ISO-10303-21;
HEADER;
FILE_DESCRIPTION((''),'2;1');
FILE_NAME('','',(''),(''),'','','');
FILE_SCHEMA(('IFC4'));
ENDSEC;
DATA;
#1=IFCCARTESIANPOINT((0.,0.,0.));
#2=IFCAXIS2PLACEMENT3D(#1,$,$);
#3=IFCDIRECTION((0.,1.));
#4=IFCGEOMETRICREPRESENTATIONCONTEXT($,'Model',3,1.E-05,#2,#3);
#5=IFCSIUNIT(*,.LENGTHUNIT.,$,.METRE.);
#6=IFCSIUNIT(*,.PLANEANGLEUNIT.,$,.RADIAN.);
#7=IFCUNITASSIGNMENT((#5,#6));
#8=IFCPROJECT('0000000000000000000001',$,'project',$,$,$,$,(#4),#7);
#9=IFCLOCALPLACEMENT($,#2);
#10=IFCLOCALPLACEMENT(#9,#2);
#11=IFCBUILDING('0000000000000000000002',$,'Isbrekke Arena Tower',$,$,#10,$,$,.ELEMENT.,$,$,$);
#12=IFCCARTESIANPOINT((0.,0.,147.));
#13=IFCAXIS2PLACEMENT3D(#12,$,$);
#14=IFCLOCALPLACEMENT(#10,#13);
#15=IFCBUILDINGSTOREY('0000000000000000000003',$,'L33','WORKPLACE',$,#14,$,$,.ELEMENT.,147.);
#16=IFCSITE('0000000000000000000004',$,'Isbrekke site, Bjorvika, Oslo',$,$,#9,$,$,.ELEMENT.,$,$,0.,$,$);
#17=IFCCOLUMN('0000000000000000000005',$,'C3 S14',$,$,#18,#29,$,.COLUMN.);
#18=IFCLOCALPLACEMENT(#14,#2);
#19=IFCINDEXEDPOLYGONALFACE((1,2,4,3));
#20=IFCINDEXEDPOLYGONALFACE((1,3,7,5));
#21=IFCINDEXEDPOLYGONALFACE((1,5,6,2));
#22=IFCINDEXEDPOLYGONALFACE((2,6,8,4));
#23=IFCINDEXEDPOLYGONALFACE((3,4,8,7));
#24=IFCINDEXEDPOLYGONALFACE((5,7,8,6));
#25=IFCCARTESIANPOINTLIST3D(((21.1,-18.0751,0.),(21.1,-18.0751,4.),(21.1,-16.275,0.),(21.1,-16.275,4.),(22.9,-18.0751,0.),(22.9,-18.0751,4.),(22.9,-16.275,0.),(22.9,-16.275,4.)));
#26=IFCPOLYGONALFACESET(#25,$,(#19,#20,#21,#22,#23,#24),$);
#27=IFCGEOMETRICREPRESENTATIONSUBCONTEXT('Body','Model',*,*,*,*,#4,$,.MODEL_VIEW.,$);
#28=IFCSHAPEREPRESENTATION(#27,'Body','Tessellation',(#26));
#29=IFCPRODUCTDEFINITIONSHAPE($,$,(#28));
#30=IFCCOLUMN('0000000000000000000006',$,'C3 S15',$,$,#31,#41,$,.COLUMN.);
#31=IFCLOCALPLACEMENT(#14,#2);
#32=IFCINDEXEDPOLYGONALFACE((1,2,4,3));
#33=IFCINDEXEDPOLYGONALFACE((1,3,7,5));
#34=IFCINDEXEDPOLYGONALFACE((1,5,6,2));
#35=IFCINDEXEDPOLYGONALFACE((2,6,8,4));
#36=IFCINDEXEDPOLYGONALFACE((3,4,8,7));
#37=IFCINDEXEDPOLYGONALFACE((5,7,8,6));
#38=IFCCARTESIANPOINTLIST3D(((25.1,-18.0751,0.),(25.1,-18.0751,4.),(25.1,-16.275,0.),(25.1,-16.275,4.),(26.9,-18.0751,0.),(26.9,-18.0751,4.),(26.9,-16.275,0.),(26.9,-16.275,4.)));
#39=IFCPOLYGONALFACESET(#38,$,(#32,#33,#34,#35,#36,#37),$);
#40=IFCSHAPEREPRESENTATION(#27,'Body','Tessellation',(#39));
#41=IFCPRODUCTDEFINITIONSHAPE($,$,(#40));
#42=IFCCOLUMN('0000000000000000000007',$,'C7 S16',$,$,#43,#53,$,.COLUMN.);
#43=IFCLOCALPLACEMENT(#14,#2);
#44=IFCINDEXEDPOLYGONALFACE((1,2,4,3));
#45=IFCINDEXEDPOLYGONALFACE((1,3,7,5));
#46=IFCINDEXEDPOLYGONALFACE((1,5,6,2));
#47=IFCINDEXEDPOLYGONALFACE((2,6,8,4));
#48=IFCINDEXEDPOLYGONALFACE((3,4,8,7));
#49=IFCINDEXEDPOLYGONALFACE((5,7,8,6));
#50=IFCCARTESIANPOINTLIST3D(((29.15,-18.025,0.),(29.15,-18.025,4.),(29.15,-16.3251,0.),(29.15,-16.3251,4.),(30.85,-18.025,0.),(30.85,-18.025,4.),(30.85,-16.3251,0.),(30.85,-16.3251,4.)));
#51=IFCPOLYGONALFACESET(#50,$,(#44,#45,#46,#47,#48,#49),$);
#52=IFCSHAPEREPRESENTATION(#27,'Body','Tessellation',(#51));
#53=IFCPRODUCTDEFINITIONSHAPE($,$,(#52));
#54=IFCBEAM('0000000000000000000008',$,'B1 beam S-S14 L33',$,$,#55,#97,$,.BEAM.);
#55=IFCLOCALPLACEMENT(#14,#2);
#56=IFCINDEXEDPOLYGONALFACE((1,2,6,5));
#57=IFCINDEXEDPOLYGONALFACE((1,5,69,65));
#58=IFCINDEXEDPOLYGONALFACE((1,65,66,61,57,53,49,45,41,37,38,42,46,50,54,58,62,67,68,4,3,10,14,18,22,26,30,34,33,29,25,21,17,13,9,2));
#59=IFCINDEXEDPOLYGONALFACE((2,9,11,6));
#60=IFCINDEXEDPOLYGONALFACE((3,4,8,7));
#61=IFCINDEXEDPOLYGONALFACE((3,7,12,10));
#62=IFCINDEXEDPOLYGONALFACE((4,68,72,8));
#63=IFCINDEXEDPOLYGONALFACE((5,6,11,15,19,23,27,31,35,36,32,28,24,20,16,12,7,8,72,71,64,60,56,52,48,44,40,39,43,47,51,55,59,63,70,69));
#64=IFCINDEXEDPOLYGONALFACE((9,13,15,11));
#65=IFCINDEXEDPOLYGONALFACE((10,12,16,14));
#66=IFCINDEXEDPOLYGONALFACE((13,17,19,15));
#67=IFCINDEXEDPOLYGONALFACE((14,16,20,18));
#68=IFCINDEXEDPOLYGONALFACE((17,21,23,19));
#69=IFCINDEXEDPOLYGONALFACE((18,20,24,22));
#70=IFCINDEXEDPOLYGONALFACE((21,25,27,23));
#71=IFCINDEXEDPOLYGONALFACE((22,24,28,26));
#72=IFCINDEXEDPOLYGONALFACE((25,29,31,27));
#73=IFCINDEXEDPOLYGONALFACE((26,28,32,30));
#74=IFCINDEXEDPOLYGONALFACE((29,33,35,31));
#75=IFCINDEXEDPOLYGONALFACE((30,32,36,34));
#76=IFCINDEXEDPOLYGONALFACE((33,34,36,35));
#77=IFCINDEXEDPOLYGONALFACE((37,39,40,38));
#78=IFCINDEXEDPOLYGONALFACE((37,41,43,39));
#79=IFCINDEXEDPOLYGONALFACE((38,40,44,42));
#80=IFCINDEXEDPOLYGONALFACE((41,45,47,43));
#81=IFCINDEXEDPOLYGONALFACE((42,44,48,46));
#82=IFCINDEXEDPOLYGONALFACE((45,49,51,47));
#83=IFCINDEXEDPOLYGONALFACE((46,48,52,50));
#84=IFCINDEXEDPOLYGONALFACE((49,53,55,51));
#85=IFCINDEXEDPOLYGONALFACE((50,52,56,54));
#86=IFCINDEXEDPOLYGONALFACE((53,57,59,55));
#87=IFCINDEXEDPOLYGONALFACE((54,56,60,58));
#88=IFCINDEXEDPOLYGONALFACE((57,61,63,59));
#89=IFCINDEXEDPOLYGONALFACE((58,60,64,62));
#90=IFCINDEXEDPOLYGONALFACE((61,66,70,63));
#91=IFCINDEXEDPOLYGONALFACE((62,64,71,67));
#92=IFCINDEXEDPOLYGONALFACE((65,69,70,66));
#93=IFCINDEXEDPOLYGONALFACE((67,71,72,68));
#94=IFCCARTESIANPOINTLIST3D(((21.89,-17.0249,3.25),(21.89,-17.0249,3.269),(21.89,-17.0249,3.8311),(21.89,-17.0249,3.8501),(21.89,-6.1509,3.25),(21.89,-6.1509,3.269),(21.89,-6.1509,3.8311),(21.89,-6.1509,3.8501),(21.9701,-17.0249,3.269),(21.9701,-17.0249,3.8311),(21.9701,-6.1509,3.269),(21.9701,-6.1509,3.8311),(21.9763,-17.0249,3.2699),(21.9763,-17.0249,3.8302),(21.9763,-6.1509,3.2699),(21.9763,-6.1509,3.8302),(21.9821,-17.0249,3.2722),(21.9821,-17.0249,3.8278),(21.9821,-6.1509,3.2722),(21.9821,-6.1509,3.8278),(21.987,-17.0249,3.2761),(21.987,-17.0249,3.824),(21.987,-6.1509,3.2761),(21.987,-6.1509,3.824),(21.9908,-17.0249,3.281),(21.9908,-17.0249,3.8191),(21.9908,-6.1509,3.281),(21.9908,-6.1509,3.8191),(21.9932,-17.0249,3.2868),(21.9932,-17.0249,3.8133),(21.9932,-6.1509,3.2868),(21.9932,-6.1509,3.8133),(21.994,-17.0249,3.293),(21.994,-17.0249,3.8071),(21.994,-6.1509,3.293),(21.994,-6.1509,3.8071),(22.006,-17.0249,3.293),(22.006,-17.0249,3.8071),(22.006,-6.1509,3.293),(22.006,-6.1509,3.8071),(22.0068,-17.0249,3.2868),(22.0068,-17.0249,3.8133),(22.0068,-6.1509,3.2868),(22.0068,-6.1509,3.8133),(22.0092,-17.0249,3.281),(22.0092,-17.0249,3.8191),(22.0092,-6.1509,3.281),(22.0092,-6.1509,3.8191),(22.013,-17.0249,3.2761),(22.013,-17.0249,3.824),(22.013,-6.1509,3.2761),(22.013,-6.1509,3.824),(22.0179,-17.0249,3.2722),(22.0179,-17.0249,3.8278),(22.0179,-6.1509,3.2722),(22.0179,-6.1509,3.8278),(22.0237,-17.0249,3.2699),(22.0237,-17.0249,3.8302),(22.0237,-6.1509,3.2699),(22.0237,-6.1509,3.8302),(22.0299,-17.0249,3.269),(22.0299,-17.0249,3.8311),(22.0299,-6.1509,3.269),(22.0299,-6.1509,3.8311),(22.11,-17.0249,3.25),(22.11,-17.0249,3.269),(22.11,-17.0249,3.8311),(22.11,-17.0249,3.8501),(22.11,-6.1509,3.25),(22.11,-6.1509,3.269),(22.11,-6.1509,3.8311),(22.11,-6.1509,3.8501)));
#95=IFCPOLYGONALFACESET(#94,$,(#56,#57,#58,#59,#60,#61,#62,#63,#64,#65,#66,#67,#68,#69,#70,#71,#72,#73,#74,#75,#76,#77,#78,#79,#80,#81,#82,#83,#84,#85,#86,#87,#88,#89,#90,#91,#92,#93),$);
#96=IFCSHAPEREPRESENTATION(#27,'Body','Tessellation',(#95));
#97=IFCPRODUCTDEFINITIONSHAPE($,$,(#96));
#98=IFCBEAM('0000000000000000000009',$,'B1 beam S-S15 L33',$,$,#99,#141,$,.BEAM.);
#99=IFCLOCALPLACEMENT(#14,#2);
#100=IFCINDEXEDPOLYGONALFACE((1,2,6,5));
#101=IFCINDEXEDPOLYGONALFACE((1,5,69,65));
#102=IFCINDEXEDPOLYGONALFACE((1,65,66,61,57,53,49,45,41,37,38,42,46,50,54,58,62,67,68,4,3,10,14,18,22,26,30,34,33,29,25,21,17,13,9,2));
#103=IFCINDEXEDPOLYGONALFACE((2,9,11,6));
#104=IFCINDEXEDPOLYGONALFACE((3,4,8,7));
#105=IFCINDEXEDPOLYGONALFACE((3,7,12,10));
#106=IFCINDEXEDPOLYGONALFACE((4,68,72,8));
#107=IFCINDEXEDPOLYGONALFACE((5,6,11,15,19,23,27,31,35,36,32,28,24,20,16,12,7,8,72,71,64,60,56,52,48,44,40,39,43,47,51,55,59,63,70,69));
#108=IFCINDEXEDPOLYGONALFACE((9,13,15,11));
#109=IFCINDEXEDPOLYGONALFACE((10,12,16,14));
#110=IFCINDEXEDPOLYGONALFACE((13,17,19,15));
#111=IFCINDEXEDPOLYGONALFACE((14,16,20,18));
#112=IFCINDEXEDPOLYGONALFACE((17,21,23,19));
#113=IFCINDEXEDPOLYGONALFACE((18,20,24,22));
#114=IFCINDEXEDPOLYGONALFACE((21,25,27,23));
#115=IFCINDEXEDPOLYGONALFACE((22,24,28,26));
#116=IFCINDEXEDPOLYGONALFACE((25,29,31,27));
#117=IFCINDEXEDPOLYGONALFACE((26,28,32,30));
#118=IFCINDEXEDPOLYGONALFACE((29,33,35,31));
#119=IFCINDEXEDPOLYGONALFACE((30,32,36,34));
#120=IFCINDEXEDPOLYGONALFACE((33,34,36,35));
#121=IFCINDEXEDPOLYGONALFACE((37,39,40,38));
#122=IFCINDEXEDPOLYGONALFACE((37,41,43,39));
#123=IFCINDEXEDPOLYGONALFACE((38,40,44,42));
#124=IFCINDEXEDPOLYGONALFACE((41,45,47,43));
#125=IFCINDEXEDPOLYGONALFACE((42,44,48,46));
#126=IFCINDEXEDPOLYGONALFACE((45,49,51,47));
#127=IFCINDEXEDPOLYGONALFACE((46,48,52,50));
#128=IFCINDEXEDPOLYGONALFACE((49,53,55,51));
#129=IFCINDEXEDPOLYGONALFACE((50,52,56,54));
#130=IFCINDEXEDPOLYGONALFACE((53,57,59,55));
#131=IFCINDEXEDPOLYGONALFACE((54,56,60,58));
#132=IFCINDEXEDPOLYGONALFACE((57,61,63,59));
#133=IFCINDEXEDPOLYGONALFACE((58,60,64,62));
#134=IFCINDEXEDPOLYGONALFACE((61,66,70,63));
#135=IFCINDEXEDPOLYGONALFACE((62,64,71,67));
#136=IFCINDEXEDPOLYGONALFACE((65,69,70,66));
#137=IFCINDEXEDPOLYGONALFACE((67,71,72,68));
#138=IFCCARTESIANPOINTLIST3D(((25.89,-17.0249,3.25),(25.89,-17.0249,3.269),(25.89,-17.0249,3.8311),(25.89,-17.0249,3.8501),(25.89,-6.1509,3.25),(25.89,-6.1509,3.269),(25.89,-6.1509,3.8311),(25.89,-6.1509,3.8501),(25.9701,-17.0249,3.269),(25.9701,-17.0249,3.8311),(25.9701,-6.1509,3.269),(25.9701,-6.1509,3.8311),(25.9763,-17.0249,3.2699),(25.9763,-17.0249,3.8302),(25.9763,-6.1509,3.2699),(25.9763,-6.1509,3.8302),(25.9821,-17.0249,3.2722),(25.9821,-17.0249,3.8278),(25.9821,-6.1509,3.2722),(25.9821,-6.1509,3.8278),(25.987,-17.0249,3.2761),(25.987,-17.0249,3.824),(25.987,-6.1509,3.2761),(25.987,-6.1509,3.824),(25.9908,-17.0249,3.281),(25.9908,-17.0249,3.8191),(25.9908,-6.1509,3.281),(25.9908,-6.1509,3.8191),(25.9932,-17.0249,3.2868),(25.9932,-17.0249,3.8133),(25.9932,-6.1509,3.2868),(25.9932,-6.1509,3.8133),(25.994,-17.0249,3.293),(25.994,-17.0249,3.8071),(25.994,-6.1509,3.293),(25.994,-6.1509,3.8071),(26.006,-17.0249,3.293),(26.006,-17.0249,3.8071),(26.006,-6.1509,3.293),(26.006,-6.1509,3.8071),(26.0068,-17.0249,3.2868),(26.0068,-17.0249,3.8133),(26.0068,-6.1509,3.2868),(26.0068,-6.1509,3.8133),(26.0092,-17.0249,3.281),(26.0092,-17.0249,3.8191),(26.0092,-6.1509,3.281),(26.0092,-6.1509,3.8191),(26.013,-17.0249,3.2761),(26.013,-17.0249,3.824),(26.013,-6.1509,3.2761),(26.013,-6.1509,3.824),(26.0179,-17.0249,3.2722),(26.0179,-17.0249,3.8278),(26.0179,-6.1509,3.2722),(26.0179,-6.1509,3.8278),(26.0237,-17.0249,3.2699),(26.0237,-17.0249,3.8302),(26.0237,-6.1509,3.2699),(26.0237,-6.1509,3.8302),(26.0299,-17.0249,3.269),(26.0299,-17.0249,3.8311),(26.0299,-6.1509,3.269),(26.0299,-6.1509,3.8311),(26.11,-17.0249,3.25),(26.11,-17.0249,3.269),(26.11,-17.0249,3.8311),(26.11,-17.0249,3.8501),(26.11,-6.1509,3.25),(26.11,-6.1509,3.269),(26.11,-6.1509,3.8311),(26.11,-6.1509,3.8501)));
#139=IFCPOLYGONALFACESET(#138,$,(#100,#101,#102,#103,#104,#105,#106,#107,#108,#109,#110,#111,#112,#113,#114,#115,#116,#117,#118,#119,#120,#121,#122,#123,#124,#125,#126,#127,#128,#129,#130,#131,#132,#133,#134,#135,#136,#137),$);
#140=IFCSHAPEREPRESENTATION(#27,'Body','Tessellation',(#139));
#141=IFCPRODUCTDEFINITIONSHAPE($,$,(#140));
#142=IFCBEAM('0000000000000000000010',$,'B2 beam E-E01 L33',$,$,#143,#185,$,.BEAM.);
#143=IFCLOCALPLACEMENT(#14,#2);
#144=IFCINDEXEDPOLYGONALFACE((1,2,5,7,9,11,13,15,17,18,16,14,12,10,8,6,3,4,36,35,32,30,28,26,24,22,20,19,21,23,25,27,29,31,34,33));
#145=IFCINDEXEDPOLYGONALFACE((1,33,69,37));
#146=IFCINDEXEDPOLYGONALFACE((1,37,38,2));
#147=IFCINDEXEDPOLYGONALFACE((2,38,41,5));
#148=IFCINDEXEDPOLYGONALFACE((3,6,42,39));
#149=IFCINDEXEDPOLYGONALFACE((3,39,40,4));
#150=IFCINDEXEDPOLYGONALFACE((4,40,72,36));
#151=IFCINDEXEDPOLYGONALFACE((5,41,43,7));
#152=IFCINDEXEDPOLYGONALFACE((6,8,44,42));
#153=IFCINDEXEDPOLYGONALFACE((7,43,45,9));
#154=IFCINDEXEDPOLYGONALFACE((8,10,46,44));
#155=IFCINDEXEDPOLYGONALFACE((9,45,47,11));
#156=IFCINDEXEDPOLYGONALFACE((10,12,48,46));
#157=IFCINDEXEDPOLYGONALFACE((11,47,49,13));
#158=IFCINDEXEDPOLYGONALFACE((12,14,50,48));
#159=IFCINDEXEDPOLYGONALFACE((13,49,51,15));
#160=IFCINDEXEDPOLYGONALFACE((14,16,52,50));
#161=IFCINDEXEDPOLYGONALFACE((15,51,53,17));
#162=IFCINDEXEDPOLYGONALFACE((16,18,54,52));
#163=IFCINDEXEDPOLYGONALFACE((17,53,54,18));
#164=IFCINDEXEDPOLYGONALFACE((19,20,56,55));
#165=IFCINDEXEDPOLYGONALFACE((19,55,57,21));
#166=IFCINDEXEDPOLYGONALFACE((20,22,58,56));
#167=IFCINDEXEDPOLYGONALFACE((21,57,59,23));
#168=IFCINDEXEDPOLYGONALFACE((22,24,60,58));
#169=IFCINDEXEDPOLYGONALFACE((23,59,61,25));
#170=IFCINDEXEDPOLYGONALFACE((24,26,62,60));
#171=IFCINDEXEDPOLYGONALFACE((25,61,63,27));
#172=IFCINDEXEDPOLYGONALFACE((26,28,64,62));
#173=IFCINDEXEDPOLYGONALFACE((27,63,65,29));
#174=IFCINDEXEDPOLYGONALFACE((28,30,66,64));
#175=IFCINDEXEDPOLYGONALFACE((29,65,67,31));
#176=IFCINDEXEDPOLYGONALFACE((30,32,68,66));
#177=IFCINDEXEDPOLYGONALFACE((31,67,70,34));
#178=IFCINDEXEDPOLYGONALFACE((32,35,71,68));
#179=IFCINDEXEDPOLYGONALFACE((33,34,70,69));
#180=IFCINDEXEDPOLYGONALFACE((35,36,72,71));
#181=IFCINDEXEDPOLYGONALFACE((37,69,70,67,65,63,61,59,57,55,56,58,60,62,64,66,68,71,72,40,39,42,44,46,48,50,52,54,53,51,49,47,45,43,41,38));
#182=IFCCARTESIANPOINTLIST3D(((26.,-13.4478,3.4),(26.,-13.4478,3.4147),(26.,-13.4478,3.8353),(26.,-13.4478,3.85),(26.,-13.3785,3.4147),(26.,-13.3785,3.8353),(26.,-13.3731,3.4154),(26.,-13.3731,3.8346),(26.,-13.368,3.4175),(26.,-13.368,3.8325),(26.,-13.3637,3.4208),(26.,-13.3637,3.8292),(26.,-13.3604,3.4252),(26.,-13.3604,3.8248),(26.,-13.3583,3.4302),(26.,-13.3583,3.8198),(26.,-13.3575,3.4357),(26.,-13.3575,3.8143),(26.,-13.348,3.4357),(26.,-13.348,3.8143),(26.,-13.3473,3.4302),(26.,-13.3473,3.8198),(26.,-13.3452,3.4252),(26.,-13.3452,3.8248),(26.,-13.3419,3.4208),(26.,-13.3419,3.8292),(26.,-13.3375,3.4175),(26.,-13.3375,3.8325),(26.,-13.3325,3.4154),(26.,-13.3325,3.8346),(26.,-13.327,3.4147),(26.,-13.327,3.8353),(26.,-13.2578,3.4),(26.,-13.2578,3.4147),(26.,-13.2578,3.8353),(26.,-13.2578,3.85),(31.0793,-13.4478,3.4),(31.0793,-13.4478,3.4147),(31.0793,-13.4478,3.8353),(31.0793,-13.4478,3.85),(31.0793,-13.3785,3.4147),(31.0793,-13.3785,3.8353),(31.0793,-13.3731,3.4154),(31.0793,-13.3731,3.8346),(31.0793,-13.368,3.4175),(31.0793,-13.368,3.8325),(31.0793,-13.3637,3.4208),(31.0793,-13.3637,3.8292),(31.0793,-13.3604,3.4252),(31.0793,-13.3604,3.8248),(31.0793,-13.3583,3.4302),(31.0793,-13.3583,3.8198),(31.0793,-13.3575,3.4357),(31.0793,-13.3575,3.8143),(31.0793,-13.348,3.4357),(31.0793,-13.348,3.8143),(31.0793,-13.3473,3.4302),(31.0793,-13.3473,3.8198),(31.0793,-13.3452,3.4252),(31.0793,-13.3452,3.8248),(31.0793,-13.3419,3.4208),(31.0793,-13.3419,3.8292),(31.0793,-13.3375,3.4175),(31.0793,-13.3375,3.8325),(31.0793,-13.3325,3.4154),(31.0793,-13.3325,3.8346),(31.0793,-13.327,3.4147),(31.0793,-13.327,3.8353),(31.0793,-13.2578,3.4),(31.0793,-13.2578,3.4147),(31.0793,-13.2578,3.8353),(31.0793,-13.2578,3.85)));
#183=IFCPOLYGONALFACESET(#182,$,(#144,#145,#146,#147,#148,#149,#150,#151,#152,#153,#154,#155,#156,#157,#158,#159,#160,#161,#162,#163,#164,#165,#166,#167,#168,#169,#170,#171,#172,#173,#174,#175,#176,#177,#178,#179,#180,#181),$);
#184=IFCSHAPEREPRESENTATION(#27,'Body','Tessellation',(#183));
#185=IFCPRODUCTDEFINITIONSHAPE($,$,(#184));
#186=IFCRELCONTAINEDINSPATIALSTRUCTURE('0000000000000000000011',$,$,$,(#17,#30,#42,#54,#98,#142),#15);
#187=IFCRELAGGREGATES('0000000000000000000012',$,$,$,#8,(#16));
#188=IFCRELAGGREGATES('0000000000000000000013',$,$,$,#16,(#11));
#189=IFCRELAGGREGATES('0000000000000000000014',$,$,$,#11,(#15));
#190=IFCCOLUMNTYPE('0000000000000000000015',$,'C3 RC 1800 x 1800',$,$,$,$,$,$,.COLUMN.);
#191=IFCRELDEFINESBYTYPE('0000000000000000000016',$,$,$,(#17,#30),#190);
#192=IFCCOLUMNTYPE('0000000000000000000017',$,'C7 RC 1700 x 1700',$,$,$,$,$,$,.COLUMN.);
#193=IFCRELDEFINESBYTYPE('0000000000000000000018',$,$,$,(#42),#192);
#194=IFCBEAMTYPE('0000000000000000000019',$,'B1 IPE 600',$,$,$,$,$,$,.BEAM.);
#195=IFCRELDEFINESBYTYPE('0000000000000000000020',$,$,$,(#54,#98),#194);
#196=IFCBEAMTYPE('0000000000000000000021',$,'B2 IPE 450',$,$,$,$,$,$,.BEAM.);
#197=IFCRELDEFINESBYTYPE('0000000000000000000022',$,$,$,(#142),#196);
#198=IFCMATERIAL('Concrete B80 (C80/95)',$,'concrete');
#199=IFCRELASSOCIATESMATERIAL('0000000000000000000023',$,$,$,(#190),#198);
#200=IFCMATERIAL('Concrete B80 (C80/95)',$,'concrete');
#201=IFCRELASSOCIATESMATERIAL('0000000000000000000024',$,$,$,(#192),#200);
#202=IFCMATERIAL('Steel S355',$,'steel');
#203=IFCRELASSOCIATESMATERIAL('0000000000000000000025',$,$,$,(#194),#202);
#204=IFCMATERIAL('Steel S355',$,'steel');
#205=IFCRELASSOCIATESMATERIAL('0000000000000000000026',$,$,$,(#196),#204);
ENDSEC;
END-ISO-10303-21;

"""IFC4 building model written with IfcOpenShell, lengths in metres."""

from ifc_helpers import new_model, si_unit, direction, frame, origin, origin_2d, place, context, subcontext, project, spatial, rectangle, i_section, extrude, material, material_profile, profile_set, type_object, element, save


model = new_model("IFC4")

# Units and contexts
model_context = context("Model", 3, precision=1e-05, world=origin(), true_north=direction((0.0, 1.0)))
body_context = subcontext(model_context, "Body", "Model", "MODEL_VIEW")
ifc_project = project(units=[si_unit("LENGTHUNIT", "METRE"), si_unit("PLANEANGLEUNIT", "RADIAN")], contexts=[model_context])

# Site, building, storey
site_placement = place(None, origin())
site = spatial("IfcSite", under=ifc_project, at=site_placement, Name="Isbrekke site, Bjorvika, Oslo", CompositionType="ELEMENT", RefElevation=0.0)
building_placement = place(site_placement, origin())
building = spatial("IfcBuilding", under=site, at=building_placement, Name="Isbrekke Arena Tower", CompositionType="ELEMENT")
storey_placement = place(building_placement, frame((0.0, 0.0, 147.0)))
storey = spatial("IfcBuildingStorey", under=building, at=storey_placement, Name="L33", Description="WORKPLACE", CompositionType="ELEMENT", Elevation=147.0)

# Columns
ifc_material_1 = material(Name="Concrete B80 (C80/95)", Category="concrete")
ifc_material_profile_1 = material_profile(ifc_material_1, rectangle(XDim=1.8, YDim=1.8, at=origin_2d()), Name="RC 1800x1800")
ifc_profile_set_1 = profile_set([ifc_material_profile_1], Name="Concrete B80 (C80/95)")
column_type_1 = type_object("IfcColumnType", Name="C3 RC 1800 x 1800", PredefinedType="COLUMN", material=ifc_profile_set_1)
for number, where, z_axis, x_axis, name in (
    (1, (22.0, -17.175, 0.0), (0.0, 0.0, 1.0), (1.0, 0.0, 0.0), "C3 S14"),
    (2, (26.0, -17.175, 0.0), (0.0, 0.0, 1.0), (1.0, 0.0, 0.0), "C3 S15"),
):
    element("IfcColumn", number, at=place(storey_placement, frame(where, z_axis=z_axis, x_axis=x_axis)), inside=storey, type_object=column_type_1, Name=name, PredefinedType="COLUMN", context=body_context, shape_type="SweptSolid", body=[
        extrude(rectangle(XDim=1.8, YDim=1.8, at=origin_2d()), origin(), (0.0, 0.0, 1.0), 4.0),
    ])
ifc_material_2 = material(Name="Concrete B80 (C80/95)", Category="concrete")
ifc_material_profile_2 = material_profile(ifc_material_2, rectangle(XDim=1.7, YDim=1.7, at=origin_2d()), Name="RC 1700x1700")
ifc_profile_set_2 = profile_set([ifc_material_profile_2], Name="Concrete B80 (C80/95)")
column_type_2 = type_object("IfcColumnType", Name="C7 RC 1700 x 1700", PredefinedType="COLUMN", material=ifc_profile_set_2)
column_placement = place(storey_placement, frame((30.0, -17.175, 0.0), z_axis=(0.0, 0.0, 1.0), x_axis=(1.0, 0.0, 0.0)))
element("IfcColumn", 3, at=column_placement, inside=storey, type_object=column_type_2, Name="C7 S16", PredefinedType="COLUMN", context=body_context, shape_type="SweptSolid", body=[
    extrude(rectangle(XDim=1.7, YDim=1.7, at=origin_2d()), origin(), (0.0, 0.0, 1.0), 4.0),
])

# Beams
ifc_material_3 = material(Name="Steel S355", Category="steel")
ifc_material_profile_3 = material_profile(ifc_material_3, i_section(OverallWidth=0.22, OverallDepth=0.6001, WebThickness=0.012, FlangeThickness=0.019, FilletRadius=0.0239, at=origin_2d()), Name="IPE 600")
ifc_profile_set_3 = profile_set([ifc_material_profile_3], Name="Steel S355")
beam_type_1 = type_object("IfcBeamType", Name="B1 IPE 600", PredefinedType="BEAM", material=ifc_profile_set_3)
for number, where, z_axis, x_axis, name in (
    (4, (22.0, -17.0249, 3.55), (0.0, 1.0, 0.0), (-1.0, 0.0, 0.0), "B1 beam S-S14 L33"),
    (5, (26.0, -17.0249, 3.55), (0.0, 1.0, 0.0), (-1.0, 0.0, 0.0), "B1 beam S-S15 L33"),
):
    element("IfcBeam", number, at=place(storey_placement, frame(where, z_axis=z_axis, x_axis=x_axis)), inside=storey, type_object=beam_type_1, Name=name, PredefinedType="BEAM", context=body_context, shape_type="SweptSolid", body=[
        extrude(i_section(OverallWidth=0.22, OverallDepth=0.6001, WebThickness=0.012, FlangeThickness=0.019, FilletRadius=0.0239, at=origin_2d()), origin(), (0.0, 0.0, 1.0), 10.874),
    ])
ifc_material_4 = material(Name="Steel S355", Category="steel")
ifc_material_profile_4 = material_profile(ifc_material_4, i_section(OverallWidth=0.1899, OverallDepth=0.45, WebThickness=0.0095, FlangeThickness=0.0146, FilletRadius=0.021, at=origin_2d()), Name="IPE 450")
ifc_profile_set_4 = profile_set([ifc_material_profile_4], Name="Steel S355")
beam_type_2 = type_object("IfcBeamType", Name="B2 IPE 450", PredefinedType="BEAM", material=ifc_profile_set_4)
beam_1_placement = place(storey_placement, frame((31.0793, -13.3528, 3.625), z_axis=(-1.0, 0.0, 0.0), x_axis=(0.0, -1.0, 0.0)))
element("IfcBeam", 6, at=beam_1_placement, inside=storey, type_object=beam_type_2, Name="B2 beam E-E01 L33", PredefinedType="BEAM", context=body_context, shape_type="SweptSolid", body=[
    extrude(i_section(OverallWidth=0.1899, OverallDepth=0.45, WebThickness=0.0095, FlangeThickness=0.0146, FilletRadius=0.021, at=origin_2d()), origin(), (0.0, 0.0, 1.0), 5.0793),
])

save(model, "model.ifc")
